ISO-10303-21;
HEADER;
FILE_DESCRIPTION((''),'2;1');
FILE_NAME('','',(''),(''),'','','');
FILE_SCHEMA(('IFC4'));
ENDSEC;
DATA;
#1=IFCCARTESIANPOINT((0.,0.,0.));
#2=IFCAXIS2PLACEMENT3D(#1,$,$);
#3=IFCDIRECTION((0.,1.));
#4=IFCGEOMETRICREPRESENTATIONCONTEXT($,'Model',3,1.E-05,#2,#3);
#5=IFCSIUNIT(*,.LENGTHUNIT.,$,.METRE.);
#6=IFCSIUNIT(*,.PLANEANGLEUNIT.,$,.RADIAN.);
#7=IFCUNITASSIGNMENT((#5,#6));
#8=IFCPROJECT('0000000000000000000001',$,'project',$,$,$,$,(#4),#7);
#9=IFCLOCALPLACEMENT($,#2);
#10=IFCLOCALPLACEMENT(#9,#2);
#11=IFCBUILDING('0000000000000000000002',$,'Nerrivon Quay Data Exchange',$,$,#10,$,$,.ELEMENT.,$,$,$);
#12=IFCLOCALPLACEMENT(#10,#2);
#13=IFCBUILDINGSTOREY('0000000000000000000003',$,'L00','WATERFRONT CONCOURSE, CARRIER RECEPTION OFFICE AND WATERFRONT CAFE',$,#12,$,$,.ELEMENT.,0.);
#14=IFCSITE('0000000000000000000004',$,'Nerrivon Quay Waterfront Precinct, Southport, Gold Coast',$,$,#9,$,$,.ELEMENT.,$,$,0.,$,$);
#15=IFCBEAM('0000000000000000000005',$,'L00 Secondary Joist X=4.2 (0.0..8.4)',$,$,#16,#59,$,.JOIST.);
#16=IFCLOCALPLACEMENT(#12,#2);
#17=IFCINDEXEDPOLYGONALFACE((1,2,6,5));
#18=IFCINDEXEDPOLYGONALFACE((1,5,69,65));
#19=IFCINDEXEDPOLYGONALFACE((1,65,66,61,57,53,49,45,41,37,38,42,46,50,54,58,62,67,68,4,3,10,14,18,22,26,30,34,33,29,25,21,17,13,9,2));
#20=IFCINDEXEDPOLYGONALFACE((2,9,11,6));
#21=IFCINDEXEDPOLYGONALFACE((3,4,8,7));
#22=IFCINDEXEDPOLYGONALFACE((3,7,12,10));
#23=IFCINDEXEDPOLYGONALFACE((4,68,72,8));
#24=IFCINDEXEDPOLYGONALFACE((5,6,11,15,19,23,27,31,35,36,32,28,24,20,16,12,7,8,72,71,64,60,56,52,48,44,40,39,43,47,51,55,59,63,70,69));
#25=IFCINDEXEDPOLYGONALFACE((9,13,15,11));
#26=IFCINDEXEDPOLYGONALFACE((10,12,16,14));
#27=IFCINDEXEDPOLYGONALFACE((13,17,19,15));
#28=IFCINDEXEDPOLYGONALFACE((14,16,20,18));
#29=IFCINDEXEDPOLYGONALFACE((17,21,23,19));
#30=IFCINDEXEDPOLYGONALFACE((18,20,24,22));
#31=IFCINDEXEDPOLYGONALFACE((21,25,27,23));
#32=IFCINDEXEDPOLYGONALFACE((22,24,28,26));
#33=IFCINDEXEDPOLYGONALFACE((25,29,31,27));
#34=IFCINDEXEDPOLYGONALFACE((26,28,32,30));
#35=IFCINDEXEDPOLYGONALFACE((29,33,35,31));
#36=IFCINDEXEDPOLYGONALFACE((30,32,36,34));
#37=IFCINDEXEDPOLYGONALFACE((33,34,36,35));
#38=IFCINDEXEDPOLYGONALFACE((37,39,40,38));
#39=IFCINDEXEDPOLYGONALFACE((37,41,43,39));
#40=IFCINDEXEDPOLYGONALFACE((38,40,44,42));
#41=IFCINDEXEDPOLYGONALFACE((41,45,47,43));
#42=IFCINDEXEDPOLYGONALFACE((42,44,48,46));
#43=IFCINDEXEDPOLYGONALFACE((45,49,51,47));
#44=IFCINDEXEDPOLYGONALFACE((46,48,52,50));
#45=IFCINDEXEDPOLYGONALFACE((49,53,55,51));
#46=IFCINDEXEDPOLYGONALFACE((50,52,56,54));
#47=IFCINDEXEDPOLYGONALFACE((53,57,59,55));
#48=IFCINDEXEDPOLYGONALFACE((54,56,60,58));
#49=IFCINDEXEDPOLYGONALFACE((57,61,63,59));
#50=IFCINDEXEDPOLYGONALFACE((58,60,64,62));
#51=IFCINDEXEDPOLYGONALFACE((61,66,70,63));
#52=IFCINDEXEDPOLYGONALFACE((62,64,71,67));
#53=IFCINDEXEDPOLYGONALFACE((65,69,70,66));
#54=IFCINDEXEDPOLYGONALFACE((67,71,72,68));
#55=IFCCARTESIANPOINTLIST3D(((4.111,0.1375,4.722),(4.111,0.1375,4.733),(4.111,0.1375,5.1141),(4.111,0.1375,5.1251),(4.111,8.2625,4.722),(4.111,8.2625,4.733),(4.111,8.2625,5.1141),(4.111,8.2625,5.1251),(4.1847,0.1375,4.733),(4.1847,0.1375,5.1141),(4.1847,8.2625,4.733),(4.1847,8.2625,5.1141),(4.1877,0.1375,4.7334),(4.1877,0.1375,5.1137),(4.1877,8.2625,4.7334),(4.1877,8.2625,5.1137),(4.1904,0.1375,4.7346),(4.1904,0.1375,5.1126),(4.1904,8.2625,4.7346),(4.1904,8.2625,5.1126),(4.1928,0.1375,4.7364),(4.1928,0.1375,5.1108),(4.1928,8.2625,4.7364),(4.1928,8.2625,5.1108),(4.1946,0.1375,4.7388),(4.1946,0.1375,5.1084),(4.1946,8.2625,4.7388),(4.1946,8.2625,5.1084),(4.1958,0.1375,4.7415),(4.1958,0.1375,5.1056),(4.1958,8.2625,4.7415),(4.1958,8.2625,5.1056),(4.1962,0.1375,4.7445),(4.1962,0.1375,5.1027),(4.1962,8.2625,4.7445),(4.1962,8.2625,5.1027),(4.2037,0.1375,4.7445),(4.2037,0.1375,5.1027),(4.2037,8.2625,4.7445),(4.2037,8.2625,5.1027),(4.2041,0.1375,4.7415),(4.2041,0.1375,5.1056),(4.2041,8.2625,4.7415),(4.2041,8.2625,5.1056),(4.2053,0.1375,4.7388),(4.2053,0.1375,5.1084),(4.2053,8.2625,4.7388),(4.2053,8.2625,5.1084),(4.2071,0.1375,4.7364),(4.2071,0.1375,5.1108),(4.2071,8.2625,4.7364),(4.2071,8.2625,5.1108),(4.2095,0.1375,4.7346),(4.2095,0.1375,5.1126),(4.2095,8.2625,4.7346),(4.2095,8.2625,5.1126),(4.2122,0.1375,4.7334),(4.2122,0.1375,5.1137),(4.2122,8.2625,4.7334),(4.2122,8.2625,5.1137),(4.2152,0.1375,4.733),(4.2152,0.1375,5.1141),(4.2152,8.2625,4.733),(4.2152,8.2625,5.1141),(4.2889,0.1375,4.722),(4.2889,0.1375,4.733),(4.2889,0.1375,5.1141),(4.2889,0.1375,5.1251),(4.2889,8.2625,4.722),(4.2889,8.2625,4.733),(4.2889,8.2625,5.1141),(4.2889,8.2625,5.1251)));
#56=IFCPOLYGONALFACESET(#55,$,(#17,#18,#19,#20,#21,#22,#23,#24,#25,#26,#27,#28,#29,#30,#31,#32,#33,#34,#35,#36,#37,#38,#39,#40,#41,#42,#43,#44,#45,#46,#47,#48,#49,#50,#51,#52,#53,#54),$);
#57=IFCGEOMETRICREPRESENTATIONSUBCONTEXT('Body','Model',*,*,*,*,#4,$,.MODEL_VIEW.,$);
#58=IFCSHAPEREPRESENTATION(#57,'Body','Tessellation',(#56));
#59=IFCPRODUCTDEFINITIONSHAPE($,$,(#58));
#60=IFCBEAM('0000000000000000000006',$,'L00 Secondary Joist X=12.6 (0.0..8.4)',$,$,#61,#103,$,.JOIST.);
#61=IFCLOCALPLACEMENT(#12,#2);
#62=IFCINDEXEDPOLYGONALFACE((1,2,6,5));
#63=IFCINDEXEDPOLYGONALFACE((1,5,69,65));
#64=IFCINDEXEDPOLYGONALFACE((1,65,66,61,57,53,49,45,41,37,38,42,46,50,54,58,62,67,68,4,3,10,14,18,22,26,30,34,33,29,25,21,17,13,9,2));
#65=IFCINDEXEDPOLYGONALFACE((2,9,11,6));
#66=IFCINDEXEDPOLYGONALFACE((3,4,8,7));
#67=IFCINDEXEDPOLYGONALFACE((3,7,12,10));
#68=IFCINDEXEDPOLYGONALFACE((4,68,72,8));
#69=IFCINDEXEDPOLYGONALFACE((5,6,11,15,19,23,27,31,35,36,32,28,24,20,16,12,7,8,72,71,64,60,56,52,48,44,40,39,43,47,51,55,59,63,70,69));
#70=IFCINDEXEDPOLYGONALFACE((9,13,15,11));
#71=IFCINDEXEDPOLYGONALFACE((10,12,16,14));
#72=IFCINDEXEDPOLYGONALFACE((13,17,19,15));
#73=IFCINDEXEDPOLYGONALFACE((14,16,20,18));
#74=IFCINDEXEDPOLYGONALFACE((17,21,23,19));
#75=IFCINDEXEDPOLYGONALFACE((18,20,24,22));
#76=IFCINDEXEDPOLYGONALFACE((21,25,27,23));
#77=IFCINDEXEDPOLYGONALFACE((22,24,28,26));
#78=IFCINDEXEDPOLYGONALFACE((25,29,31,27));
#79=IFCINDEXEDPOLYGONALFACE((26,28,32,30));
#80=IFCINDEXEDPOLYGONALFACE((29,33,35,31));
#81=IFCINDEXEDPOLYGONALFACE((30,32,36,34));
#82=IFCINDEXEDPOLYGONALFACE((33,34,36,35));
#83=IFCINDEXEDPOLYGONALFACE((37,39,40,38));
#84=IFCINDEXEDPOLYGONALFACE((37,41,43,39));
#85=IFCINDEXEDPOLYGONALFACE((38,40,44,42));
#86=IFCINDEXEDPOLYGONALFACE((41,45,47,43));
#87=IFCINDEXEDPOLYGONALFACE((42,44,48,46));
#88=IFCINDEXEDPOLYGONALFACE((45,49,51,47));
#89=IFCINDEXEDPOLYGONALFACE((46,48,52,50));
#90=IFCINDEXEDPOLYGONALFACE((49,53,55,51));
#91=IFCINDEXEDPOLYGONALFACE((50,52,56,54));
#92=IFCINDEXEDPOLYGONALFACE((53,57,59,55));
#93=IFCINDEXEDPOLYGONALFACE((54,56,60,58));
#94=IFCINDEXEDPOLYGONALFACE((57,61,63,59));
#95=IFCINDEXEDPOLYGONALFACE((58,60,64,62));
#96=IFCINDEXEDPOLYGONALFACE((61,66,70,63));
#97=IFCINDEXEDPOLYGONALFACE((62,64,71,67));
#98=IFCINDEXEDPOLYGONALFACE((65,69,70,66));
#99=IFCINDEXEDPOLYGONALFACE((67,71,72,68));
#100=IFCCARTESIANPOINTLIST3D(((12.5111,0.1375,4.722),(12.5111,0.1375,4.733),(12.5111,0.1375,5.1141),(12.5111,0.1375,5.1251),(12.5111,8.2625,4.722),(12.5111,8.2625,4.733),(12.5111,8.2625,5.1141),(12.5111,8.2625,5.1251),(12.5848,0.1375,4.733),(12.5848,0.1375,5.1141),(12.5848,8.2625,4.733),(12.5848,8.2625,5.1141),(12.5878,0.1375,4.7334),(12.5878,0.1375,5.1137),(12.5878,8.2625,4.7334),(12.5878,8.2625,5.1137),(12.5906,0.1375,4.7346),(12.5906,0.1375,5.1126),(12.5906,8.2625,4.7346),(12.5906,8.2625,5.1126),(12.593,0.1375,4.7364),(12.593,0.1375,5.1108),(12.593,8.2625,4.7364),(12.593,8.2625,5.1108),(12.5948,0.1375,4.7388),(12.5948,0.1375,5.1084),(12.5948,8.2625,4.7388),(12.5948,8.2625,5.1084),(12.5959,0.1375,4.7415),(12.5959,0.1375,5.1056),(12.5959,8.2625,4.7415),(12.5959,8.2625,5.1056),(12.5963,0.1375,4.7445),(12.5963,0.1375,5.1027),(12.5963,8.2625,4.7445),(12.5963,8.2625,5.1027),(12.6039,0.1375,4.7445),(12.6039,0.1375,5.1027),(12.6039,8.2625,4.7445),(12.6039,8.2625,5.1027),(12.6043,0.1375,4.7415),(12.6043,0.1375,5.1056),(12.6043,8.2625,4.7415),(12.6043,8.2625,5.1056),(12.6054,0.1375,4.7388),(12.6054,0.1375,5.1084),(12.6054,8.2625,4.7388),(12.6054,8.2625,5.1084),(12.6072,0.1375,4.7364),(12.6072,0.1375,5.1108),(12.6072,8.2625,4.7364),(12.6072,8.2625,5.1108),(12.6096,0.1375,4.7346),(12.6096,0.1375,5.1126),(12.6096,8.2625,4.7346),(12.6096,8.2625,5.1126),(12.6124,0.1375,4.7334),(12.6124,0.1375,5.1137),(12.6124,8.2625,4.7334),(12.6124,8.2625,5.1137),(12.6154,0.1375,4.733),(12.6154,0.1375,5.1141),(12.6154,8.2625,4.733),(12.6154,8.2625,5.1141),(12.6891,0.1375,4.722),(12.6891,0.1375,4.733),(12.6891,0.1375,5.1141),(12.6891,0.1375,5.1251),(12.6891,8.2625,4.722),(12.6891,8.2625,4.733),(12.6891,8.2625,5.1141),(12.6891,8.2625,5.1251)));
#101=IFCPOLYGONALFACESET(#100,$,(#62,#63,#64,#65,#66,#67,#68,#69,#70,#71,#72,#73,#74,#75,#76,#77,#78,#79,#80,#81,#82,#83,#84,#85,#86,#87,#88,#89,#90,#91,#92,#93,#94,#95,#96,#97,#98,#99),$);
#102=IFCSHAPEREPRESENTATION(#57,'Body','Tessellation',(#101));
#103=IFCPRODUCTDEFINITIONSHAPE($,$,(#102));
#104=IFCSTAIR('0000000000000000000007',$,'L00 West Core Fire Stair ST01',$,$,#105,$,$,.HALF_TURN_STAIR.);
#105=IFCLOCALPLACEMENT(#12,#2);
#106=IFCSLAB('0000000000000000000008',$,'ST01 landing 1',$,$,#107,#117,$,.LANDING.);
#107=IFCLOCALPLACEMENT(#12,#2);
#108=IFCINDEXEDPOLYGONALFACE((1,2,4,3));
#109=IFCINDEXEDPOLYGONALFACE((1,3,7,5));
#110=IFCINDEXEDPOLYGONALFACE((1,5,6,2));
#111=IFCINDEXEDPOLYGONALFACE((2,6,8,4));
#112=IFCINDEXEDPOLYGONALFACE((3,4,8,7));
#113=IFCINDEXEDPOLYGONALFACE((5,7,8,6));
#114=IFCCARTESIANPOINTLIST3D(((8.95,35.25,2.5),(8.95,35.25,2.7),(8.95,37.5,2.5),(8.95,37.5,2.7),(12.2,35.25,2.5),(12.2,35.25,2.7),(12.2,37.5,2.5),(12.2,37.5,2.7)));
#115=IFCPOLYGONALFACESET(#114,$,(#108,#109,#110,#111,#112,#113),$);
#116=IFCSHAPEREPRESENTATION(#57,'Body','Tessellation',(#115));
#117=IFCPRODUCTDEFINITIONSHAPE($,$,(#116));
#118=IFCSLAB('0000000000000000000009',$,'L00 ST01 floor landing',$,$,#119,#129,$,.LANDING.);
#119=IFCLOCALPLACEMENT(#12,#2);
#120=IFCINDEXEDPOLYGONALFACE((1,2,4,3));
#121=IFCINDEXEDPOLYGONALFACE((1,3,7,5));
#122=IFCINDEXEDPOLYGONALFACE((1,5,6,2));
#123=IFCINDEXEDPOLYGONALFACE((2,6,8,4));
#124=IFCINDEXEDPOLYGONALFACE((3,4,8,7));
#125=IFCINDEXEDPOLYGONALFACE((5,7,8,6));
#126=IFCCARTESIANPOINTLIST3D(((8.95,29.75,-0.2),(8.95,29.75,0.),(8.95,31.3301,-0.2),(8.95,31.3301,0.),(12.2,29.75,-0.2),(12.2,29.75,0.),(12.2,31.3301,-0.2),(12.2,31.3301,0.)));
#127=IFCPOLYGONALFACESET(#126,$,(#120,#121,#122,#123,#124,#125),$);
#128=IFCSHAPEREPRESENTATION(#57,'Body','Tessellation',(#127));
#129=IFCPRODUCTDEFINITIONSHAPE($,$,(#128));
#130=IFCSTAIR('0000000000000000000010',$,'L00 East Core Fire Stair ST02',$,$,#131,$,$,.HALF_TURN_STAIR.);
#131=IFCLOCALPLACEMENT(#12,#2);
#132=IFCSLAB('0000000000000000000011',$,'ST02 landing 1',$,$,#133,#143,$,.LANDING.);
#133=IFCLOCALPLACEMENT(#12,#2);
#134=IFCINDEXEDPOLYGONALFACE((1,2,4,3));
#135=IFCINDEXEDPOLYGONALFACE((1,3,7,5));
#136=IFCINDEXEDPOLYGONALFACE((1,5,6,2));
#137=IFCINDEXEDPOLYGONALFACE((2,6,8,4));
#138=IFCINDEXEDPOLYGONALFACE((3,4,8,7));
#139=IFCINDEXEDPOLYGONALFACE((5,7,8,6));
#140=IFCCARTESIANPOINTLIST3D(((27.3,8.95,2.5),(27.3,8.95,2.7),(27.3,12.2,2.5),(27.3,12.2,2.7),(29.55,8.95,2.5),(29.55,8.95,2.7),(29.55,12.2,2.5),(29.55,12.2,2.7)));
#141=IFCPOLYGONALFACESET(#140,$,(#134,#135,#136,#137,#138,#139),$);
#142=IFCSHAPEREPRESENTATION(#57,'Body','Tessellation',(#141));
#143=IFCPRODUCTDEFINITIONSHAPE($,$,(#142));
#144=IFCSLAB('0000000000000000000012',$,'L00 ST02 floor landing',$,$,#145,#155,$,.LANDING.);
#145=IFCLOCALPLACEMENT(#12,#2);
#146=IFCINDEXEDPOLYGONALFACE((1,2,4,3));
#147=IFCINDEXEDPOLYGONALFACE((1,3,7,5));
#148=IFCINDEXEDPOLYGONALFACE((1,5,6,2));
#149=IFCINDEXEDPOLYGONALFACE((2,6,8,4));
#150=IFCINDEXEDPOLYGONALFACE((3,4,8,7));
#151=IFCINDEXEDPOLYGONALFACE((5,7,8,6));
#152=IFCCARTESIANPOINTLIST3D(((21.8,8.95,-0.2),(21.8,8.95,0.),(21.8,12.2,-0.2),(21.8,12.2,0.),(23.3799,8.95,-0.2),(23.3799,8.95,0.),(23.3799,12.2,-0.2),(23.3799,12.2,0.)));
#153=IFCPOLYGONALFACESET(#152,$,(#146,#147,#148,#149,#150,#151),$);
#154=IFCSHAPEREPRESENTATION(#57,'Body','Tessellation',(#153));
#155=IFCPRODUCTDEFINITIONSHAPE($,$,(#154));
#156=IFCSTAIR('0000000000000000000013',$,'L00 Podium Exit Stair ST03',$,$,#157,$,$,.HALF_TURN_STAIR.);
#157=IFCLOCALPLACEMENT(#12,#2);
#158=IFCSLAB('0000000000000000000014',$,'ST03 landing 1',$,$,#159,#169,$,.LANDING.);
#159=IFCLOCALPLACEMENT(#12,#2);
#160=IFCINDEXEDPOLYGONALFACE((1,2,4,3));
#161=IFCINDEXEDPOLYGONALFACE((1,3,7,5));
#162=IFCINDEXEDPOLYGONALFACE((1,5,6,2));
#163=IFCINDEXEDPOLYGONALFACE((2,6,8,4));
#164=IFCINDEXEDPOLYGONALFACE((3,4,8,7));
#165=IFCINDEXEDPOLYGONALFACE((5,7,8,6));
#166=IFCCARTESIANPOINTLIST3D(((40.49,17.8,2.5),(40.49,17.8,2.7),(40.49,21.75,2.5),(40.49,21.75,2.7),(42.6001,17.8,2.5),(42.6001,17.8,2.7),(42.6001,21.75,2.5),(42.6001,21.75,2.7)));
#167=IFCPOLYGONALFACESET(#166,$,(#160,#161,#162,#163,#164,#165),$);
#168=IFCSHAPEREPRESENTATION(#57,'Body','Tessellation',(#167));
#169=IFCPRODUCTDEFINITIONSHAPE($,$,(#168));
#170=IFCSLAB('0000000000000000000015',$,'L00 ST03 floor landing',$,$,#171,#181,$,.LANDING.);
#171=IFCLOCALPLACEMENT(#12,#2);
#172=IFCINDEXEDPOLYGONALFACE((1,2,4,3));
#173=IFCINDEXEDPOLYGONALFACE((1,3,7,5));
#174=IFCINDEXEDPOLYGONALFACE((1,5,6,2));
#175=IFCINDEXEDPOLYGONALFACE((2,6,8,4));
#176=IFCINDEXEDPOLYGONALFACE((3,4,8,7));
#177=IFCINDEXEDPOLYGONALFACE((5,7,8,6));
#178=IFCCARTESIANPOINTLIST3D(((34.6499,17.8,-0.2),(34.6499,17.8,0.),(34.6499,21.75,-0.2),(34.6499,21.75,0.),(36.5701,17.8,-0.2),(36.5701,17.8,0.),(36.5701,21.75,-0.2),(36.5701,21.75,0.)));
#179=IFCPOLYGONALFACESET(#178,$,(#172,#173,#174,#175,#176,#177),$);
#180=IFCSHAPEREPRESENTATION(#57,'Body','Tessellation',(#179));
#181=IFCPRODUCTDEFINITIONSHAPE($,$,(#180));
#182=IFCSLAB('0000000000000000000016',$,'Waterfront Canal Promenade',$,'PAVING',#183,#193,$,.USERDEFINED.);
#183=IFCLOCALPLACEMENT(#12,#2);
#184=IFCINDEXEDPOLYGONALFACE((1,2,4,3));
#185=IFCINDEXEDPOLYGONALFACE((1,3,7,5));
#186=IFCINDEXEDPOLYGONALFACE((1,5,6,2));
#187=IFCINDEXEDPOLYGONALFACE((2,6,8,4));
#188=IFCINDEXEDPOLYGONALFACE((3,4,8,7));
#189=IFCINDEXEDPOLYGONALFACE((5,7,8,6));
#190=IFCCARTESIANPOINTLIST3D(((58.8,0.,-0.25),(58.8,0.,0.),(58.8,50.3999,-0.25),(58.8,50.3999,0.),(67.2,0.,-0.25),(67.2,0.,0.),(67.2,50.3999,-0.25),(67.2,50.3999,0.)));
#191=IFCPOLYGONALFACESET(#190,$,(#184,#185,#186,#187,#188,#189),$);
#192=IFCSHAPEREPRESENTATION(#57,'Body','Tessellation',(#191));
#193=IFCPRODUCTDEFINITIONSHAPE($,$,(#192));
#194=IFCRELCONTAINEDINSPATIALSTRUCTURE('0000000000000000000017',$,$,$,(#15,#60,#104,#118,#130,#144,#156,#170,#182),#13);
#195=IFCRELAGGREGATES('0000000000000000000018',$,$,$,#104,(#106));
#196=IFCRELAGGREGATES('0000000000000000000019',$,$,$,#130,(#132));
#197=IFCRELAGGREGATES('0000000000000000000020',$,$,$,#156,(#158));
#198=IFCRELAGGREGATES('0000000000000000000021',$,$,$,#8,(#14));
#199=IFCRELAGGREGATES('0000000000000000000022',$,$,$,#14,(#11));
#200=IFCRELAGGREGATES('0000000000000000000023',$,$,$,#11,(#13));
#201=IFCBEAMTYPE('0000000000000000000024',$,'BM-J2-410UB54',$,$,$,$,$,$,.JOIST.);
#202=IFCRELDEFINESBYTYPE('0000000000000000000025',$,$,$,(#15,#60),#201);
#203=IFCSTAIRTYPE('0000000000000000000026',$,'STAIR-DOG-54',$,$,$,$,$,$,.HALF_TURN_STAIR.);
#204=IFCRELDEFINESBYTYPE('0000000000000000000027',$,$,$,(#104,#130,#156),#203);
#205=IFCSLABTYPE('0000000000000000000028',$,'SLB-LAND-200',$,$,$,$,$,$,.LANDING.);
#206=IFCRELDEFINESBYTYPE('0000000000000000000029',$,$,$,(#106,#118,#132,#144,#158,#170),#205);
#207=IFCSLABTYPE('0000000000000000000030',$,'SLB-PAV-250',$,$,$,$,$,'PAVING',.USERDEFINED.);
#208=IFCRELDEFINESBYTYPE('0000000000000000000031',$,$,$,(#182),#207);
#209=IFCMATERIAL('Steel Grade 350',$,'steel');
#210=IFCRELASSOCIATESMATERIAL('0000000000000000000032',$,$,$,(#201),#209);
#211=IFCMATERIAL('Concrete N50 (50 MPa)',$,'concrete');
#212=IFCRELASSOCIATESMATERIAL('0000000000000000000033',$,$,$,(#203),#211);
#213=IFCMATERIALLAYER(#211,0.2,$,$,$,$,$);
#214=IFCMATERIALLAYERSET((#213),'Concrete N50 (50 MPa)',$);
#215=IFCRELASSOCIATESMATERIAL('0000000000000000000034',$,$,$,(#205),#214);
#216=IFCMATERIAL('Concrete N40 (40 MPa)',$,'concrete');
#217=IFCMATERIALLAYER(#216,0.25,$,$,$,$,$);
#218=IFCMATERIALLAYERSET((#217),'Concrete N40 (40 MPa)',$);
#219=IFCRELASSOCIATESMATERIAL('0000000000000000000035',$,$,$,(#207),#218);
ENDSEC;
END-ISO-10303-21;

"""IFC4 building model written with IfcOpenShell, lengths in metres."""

from ifc_helpers import new_model, si_unit, direction, frame, origin, origin_2d, place, context, subcontext, project, spatial, polyline, i_section, outline, extrude, material, layer, layer_set, material_profile, profile_set, type_object, element, aggregate, save


model = new_model("IFC4")

# Units and contexts
model_context = context("Model", 3, precision=1e-05, world=origin(), true_north=direction((0.0, 1.0)))
body_context = subcontext(model_context, "Body", "Model", "MODEL_VIEW")
ifc_project = project(units=[si_unit("LENGTHUNIT", "METRE"), si_unit("PLANEANGLEUNIT", "RADIAN")], contexts=[model_context])

# Site, building, storey
site_placement = place(None, origin())
site = spatial("IfcSite", under=ifc_project, at=site_placement, Name="Nerrivon Quay Waterfront Precinct, Southport, Gold Coast", CompositionType="ELEMENT", RefElevation=0.0)
building_placement = place(site_placement, origin())
building = spatial("IfcBuilding", under=site, at=building_placement, Name="Nerrivon Quay Data Exchange", CompositionType="ELEMENT")
storey_placement = place(building_placement, origin())
storey = spatial("IfcBuildingStorey", under=building, at=storey_placement, Name="L00", Description="WATERFRONT CONCOURSE, CARRIER RECEPTION OFFICE AND WATERFRONT CAFE", CompositionType="ELEMENT", Elevation=0.0)

# Beams
ifc_material_1 = material(Name="Steel Grade 350", Category="steel")
ifc_material_profile_1 = material_profile(ifc_material_1, i_section(OverallWidth=0.178, OverallDepth=0.4031, WebThickness=0.0076, FlangeThickness=0.011, FilletRadius=0.0115, at=origin_2d()), Name="410UB53.7")
ifc_profile_set_1 = profile_set([ifc_material_profile_1], Name="Steel Grade 350")
beam_type_1 = type_object("IfcBeamType", Name="BM-J2-410UB54", PredefinedType="JOIST", material=ifc_profile_set_1)
for number, where, z_axis, x_axis, name in (
    (1, (4.2, 0.1375, 4.9236), (0.0, 1.0, 0.0), (-1.0, 0.0, 0.0), "L00 Secondary Joist X=4.2 (0.0..8.4)"),
    (2, (12.6001, 0.1375, 4.9236), (0.0, 1.0, 0.0), (-1.0, 0.0, 0.0), "L00 Secondary Joist X=12.6 (0.0..8.4)"),
):
    element("IfcBeam", number, at=place(storey_placement, frame(where, z_axis=z_axis, x_axis=x_axis)), inside=storey, type_object=beam_type_1, Name=name, PredefinedType="JOIST", context=body_context, shape_type="SweptSolid", body=[
        extrude(i_section(OverallWidth=0.178, OverallDepth=0.4031, WebThickness=0.0076, FlangeThickness=0.011, FilletRadius=0.0115, at=origin_2d()), origin(), (0.0, 0.0, 1.0), 8.125),
    ])

# Stair, slab
ifc_material_2 = material(Name="Concrete N50 (50 MPa)", Category="concrete")
stair_type = type_object("IfcStairType", Name="STAIR-DOG-54", PredefinedType="HALF_TURN_STAIR", material=ifc_material_2)
stair_1_placement = place(storey_placement, origin())
stair_1 = element("IfcStair", 3, at=stair_1_placement, inside=storey, type_object=stair_type, Name="L00 West Core Fire Stair ST01", PredefinedType="HALF_TURN_STAIR")
ifc_layer_1 = layer(ifc_material_2, 0.2)
ifc_layer_set_1 = layer_set([ifc_layer_1], Name="Concrete N50 (50 MPa)")
slab_type_1 = type_object("IfcSlabType", Name="SLB-LAND-200", PredefinedType="LANDING", material=ifc_layer_set_1)
slab_1_placement = place(storey_placement, frame((0.0, 0.0, 2.5)))
slab_1 = element("IfcSlab", 4, at=slab_1_placement, type_object=slab_type_1, Name="ST01 landing 1", PredefinedType="LANDING", context=body_context, shape_type="SweptSolid", body=[
    extrude(outline(polyline([(12.2, 35.25), (12.2, 37.5), (8.95, 37.5), (8.95, 35.25), (12.2, 35.25)])), origin(), (0.0, 0.0, 1.0), 0.2),
])
aggregate(stair_1, [slab_1])

# Slab
slab_2_placement = place(storey_placement, frame((0.0, 0.0, -0.2)))
element("IfcSlab", 5, at=slab_2_placement, inside=storey, type_object=slab_type_1, Name="L00 ST01 floor landing", PredefinedType="LANDING", context=body_context, shape_type="SweptSolid", body=[
    extrude(outline(polyline([(12.2, 29.75), (12.2, 31.3301), (8.95, 31.3301), (8.95, 29.75), (12.2, 29.75)])), origin(), (0.0, 0.0, 1.0), 0.2),
])

# Stair, slab
stair_2_placement = place(storey_placement, origin())
stair_2 = element("IfcStair", 6, at=stair_2_placement, inside=storey, type_object=stair_type, Name="L00 East Core Fire Stair ST02", PredefinedType="HALF_TURN_STAIR")
slab_3_placement = place(storey_placement, frame((0.0, 0.0, 2.5)))
slab_3 = element("IfcSlab", 7, at=slab_3_placement, type_object=slab_type_1, Name="ST02 landing 1", PredefinedType="LANDING", context=body_context, shape_type="SweptSolid", body=[
    extrude(outline(polyline([(27.3, 8.95), (29.55, 8.95), (29.55, 12.2), (27.3, 12.2), (27.3, 8.95)])), origin(), (0.0, 0.0, 1.0), 0.2),
])
aggregate(stair_2, [slab_3])

# Slab
slab_4_placement = place(storey_placement, frame((0.0, 0.0, -0.2)))
element("IfcSlab", 8, at=slab_4_placement, inside=storey, type_object=slab_type_1, Name="L00 ST02 floor landing", PredefinedType="LANDING", context=body_context, shape_type="SweptSolid", body=[
    extrude(outline(polyline([(21.8, 8.95), (23.3799, 8.95), (23.3799, 12.2), (21.8, 12.2), (21.8, 8.95)])), origin(), (0.0, 0.0, 1.0), 0.2),
])

# Stair, slab
stair_3_placement = place(storey_placement, origin())
stair_3 = element("IfcStair", 9, at=stair_3_placement, inside=storey, type_object=stair_type, Name="L00 Podium Exit Stair ST03", PredefinedType="HALF_TURN_STAIR")
slab_5_placement = place(storey_placement, frame((0.0, 0.0, 2.5)))
slab_5 = element("IfcSlab", 10, at=slab_5_placement, type_object=slab_type_1, Name="ST03 landing 1", PredefinedType="LANDING", context=body_context, shape_type="SweptSolid", body=[
    extrude(outline(polyline([(40.49, 17.8), (42.6001, 17.8), (42.6001, 21.75), (40.49, 21.75), (40.49, 17.8)])), origin(), (0.0, 0.0, 1.0), 0.2),
])
aggregate(stair_3, [slab_5])

# Slabs
slab_6_placement = place(storey_placement, frame((0.0, 0.0, -0.2)))
element("IfcSlab", 11, at=slab_6_placement, inside=storey, type_object=slab_type_1, Name="L00 ST03 floor landing", PredefinedType="LANDING", context=body_context, shape_type="SweptSolid", body=[
    extrude(outline(polyline([(34.6499, 17.8), (36.5701, 17.8), (36.5701, 21.75), (34.6499, 21.75), (34.6499, 17.8)])), origin(), (0.0, 0.0, 1.0), 0.2),
])
ifc_material_3 = material(Name="Concrete N40 (40 MPa)", Category="concrete")
ifc_layer_2 = layer(ifc_material_3, 0.25)
ifc_layer_set_2 = layer_set([ifc_layer_2], Name="Concrete N40 (40 MPa)")
slab_type_2 = type_object("IfcSlabType", Name="SLB-PAV-250", ElementType="PAVING", PredefinedType="USERDEFINED", material=ifc_layer_set_2)
slab_7_placement = place(storey_placement, frame((0.0, 0.0, -0.25)))
element("IfcSlab", 12, at=slab_7_placement, inside=storey, type_object=slab_type_2, Name="Waterfront Canal Promenade", ObjectType="PAVING", PredefinedType="USERDEFINED", context=body_context, shape_type="SweptSolid", body=[
    extrude(outline(polyline([(67.2, 0.0), (67.2, 50.3999), (58.8, 50.3999), (58.8, 0.0), (67.2, 0.0)])), origin(), (0.0, 0.0, 1.0), 0.25),
])

save(model, "model.ifc")
